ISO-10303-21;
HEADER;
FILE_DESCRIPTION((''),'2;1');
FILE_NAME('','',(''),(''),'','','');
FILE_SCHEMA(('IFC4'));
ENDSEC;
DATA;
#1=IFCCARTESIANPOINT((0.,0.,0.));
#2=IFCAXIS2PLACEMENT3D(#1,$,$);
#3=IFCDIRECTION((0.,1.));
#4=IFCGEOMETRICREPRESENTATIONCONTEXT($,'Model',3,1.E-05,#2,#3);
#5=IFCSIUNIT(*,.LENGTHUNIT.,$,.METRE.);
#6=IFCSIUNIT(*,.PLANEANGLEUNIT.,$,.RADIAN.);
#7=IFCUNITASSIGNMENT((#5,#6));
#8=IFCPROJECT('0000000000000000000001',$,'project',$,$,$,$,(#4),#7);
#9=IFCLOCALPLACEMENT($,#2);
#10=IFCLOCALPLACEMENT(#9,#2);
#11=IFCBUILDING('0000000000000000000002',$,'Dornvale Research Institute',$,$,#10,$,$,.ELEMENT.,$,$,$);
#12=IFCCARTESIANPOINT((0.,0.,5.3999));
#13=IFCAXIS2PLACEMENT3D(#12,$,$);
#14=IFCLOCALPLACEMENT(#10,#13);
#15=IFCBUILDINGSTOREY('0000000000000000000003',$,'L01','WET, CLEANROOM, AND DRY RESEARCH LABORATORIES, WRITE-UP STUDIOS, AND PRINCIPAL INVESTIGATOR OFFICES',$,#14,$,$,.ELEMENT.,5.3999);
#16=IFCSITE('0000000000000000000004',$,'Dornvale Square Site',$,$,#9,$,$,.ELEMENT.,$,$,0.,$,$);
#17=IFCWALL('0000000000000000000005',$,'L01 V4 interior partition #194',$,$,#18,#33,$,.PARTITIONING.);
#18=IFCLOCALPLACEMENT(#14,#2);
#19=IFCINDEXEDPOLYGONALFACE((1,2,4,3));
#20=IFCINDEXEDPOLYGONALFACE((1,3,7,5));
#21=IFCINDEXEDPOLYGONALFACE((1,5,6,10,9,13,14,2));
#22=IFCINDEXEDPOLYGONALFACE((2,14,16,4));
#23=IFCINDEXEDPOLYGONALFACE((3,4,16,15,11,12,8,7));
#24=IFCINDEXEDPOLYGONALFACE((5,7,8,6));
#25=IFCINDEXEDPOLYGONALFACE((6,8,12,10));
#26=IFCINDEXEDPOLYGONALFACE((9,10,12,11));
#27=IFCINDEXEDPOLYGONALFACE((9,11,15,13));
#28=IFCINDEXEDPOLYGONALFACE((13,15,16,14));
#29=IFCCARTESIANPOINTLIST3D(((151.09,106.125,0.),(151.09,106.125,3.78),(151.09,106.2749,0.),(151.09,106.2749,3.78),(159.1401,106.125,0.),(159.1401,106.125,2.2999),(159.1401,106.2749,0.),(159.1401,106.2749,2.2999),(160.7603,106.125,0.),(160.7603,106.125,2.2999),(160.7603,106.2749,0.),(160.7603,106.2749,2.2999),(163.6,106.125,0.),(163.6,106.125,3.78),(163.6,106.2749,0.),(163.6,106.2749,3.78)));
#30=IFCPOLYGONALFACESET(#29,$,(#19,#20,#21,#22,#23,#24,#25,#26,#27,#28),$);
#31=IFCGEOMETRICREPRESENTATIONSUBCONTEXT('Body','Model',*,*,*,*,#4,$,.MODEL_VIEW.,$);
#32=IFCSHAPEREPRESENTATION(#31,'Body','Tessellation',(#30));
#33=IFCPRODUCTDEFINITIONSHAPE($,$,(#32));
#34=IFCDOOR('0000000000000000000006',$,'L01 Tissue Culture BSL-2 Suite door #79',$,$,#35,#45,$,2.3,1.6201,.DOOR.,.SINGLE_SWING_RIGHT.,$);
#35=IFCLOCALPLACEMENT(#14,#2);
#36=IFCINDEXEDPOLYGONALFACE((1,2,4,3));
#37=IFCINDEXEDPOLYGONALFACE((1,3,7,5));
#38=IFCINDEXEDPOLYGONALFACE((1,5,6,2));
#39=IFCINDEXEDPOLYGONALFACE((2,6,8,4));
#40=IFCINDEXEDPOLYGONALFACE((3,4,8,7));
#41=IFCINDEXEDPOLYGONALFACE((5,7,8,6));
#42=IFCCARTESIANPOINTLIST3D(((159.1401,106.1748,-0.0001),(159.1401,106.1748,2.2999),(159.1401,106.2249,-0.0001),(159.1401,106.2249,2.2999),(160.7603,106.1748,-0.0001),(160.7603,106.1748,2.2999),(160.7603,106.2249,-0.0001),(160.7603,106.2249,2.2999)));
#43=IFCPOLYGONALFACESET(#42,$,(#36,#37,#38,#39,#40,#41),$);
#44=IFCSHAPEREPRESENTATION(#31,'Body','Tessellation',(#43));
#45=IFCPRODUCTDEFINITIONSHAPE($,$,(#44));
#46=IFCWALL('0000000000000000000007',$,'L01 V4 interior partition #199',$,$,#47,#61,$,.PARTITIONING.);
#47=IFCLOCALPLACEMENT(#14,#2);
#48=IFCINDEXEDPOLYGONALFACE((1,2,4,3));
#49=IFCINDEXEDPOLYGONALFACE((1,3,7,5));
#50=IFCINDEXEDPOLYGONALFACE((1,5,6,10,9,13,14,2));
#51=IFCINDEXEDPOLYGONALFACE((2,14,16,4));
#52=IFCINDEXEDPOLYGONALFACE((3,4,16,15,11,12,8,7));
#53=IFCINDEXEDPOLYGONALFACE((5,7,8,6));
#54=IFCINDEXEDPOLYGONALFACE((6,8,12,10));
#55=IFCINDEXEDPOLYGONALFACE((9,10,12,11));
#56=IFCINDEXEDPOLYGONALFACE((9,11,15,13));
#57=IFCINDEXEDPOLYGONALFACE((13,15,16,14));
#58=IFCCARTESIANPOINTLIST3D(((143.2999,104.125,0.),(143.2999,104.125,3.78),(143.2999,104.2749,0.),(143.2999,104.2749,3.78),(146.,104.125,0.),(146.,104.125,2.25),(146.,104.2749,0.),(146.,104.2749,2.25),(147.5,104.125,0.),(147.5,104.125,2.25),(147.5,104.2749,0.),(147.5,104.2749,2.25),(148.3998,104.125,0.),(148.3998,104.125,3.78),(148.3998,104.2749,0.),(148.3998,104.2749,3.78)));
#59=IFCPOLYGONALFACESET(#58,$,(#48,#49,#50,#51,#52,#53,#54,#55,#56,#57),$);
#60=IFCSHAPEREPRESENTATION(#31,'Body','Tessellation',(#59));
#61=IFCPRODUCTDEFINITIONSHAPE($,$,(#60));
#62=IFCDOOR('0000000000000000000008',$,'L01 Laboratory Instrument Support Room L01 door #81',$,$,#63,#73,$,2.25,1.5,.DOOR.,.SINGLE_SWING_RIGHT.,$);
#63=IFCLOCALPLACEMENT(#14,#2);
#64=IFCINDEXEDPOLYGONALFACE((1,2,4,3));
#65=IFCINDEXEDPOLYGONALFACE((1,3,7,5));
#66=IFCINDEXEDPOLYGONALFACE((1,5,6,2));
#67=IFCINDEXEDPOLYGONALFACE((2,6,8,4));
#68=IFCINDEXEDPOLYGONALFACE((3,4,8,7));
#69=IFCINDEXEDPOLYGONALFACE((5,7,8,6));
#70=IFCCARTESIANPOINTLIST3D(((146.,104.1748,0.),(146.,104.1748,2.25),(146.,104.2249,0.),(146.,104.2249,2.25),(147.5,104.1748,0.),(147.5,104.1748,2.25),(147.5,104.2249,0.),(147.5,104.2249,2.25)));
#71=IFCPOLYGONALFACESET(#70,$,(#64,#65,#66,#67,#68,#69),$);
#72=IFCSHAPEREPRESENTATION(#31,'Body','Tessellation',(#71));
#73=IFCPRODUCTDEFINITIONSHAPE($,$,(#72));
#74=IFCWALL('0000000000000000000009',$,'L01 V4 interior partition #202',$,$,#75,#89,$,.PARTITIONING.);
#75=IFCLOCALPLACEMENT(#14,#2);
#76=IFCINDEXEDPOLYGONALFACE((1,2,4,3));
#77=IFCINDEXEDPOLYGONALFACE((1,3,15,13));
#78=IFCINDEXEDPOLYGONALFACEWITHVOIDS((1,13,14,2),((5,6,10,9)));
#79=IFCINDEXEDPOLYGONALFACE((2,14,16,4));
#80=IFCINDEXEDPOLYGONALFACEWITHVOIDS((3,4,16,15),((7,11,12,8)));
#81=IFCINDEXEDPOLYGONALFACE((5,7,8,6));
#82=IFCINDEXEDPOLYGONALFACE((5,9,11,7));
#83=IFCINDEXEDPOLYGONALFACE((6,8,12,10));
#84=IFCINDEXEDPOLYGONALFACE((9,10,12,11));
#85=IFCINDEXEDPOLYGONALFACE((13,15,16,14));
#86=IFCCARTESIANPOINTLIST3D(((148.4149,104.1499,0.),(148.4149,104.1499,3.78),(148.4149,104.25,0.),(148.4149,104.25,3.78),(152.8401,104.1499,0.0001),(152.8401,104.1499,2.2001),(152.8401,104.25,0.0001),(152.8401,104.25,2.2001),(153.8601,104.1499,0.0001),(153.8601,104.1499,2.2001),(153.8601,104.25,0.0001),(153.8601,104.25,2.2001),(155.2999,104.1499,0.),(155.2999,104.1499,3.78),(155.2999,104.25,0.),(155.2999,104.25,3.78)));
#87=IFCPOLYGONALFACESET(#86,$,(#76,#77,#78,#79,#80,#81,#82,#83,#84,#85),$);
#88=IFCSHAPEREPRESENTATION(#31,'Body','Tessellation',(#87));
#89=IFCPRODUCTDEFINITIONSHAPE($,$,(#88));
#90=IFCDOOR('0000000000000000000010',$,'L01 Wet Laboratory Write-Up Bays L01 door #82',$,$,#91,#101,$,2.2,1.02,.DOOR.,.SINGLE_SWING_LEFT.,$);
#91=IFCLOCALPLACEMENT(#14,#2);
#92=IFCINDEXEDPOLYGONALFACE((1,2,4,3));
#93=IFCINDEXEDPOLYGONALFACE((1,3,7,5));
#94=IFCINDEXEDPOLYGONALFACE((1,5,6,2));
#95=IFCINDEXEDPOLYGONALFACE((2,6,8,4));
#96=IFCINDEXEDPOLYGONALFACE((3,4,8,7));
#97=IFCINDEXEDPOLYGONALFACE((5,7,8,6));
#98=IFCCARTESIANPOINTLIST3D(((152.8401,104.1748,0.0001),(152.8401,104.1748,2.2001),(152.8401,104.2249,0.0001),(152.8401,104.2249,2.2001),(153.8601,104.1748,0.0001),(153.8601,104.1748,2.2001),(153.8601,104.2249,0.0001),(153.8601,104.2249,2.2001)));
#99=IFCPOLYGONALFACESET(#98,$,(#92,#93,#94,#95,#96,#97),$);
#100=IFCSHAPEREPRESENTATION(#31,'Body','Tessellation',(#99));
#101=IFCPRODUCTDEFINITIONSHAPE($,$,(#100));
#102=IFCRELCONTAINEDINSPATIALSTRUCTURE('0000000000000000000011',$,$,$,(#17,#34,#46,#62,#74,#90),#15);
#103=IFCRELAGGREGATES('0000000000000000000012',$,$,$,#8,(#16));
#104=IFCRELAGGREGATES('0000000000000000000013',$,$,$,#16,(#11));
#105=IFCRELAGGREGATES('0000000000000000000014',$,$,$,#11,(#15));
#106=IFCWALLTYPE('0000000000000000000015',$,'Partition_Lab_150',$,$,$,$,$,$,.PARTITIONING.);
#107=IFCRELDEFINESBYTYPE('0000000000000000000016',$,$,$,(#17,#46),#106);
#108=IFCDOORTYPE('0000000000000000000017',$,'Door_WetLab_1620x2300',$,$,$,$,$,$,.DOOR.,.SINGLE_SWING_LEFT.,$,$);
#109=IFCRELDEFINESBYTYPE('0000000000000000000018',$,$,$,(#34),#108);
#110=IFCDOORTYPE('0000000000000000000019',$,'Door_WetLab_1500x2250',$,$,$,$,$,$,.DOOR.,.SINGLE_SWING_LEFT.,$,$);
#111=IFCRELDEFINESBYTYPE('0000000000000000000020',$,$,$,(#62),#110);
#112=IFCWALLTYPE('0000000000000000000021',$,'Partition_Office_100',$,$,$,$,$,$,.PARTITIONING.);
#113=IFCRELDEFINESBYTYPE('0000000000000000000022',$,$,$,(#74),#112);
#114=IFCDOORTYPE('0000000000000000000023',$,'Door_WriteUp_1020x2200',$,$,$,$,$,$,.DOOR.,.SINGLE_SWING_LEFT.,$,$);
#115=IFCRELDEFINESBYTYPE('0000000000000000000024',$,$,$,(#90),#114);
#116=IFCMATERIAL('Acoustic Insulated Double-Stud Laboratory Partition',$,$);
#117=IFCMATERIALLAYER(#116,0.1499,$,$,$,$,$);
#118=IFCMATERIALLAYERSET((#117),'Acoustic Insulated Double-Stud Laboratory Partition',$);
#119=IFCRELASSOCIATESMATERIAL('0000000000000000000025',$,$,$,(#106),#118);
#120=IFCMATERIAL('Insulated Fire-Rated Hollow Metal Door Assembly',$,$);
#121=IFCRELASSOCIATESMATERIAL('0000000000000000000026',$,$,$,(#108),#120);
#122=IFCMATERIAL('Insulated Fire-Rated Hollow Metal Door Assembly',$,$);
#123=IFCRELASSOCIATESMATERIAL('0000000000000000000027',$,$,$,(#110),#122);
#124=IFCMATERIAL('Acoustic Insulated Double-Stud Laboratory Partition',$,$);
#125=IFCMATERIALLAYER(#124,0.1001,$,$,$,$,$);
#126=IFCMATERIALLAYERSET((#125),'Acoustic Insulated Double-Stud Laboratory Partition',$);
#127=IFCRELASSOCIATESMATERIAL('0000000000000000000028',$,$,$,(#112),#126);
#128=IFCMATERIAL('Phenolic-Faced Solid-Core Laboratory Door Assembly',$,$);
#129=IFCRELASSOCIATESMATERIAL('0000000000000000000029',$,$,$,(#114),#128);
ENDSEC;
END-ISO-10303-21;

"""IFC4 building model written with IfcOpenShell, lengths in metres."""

from ifc_helpers import new_model, si_unit, direction, frame, frame_2d, origin, place, context, subcontext, project, spatial, rectangle, extrude, material, layer, layer_set, type_object, element, fill, save


model = new_model("IFC4")

# Units and contexts
model_context = context("Model", 3, precision=1e-05, world=origin(), true_north=direction((0.0, 1.0)))
body_context = subcontext(model_context, "Body", "Model", "MODEL_VIEW")
ifc_project = project(units=[si_unit("LENGTHUNIT", "METRE"), si_unit("PLANEANGLEUNIT", "RADIAN")], contexts=[model_context])

# Site, building, storey
site_placement = place(None, origin())
site = spatial("IfcSite", under=ifc_project, at=site_placement, Name="Dornvale Square Site", CompositionType="ELEMENT", RefElevation=0.0)
building_placement = place(site_placement, origin())
building = spatial("IfcBuilding", under=site, at=building_placement, Name="Dornvale Research Institute", CompositionType="ELEMENT")
storey_placement = place(building_placement, frame((0.0, 0.0, 5.3999)))
storey = spatial("IfcBuildingStorey", under=building, at=storey_placement, Name="L01", Description="WET, CLEANROOM, AND DRY RESEARCH LABORATORIES, WRITE-UP STUDIOS, AND PRINCIPAL INVESTIGATOR OFFICES", CompositionType="ELEMENT", Elevation=5.3999)

# Shared definitions
ifc_material_1 = material(Name="Acoustic Insulated Double-Stud Laboratory Partition")
ifc_layer_1 = layer(ifc_material_1, 0.1499)
ifc_layer_set_1 = layer_set([ifc_layer_1], Name="Acoustic Insulated Double-Stud Laboratory Partition")
wall_type_1 = type_object("IfcWallType", Name="Partition_Lab_150", PredefinedType="PARTITIONING", material=ifc_layer_set_1)

# Walls, openings, doors
wall_1_placement = place(storey_placement, frame((151.0901, 106.2, 0.0), z_axis=(0.0, 0.0, 1.0), x_axis=(1.0, 0.0, 0.0)))
wall_1 = element("IfcWall", 1, at=wall_1_placement, inside=storey, type_object=wall_type_1, Name="L01 V4 interior partition #194", PredefinedType="PARTITIONING", context=body_context, shape_type="SweptSolid", body=[
    extrude(rectangle(XDim=12.51, YDim=0.1499, at=frame_2d((6.2549, 0.0))), origin(), (0.0, 0.0, 1.0), 3.78),
])
opening_1_placement = place(wall_1_placement, frame((8.05, 0.0, 0.0)))
opening_1 = element("IfcOpeningElement", 2, at=opening_1_placement, cuts=wall_1, PredefinedType="OPENING", context=body_context, shape_type="SweptSolid", body=[
    extrude(rectangle(XDim=1.6201, YDim=2.3, at=frame_2d((0.8101, 1.1499))), frame((0.0, 0.0898, 0.0), z_axis=(0.0, -1.0, 0.0), x_axis=(1.0, 0.0, 0.0)), (0.0, 0.0, 1.0), 0.1799),
])
ifc_material_2 = material(Name="Insulated Fire-Rated Hollow Metal Door Assembly")
door_type_1 = type_object("IfcDoorType", Name="Door_WetLab_1620x2300", OperationType="SINGLE_SWING_LEFT", PredefinedType="DOOR", material=ifc_material_2)
door_1_placement = place(opening_1_placement, origin())
door_1 = element("IfcDoor", 3, at=door_1_placement, inside=storey, type_object=door_type_1, Name="L01 Tissue Culture BSL-2 Suite door #79", OperationType="SINGLE_SWING_RIGHT", OverallHeight=2.3, OverallWidth=1.6201, PredefinedType="DOOR", context=body_context, shape_type="SweptSolid", body=[
    extrude(rectangle(XDim=1.6201, YDim=2.3, at=frame_2d((0.8101, 1.1499))), frame((0.0, 0.0249, 0.0), z_axis=(0.0, -1.0, 0.0), x_axis=(1.0, 0.0, 0.0)), (0.0, 0.0, 1.0), 0.05),
])
fill(opening_1, door_1)
wall_2_placement = place(storey_placement, frame((143.3, 104.2, 0.0), z_axis=(0.0, 0.0, 1.0), x_axis=(1.0, 0.0, 0.0)))
wall_2 = element("IfcWall", 4, at=wall_2_placement, inside=storey, type_object=wall_type_1, Name="L01 V4 interior partition #199", PredefinedType="PARTITIONING", context=body_context, shape_type="SweptSolid", body=[
    extrude(rectangle(XDim=5.0999, YDim=0.1499, at=frame_2d((2.5498, 0.0))), origin(), (0.0, 0.0, 1.0), 3.78),
])
opening_2_placement = place(wall_2_placement, frame((2.7, 0.0, 0.0)))
opening_2 = element("IfcOpeningElement", 5, at=opening_2_placement, cuts=wall_2, PredefinedType="OPENING", context=body_context, shape_type="SweptSolid", body=[
    extrude(rectangle(XDim=1.5, YDim=2.25, at=frame_2d((0.75, 1.125))), frame((0.0, 0.0898, 0.0), z_axis=(0.0, -1.0, 0.0), x_axis=(1.0, 0.0, 0.0)), (0.0, 0.0, 1.0), 0.1799),
])
ifc_material_3 = material(Name="Insulated Fire-Rated Hollow Metal Door Assembly")
door_type_2 = type_object("IfcDoorType", Name="Door_WetLab_1500x2250", OperationType="SINGLE_SWING_LEFT", PredefinedType="DOOR", material=ifc_material_3)
door_2_placement = place(opening_2_placement, origin())
door_2 = element("IfcDoor", 6, at=door_2_placement, inside=storey, type_object=door_type_2, Name="L01 Laboratory Instrument Support Room L01 door #81", OperationType="SINGLE_SWING_RIGHT", OverallHeight=2.25, OverallWidth=1.5, PredefinedType="DOOR", context=body_context, shape_type="SweptSolid", body=[
    extrude(rectangle(XDim=1.5, YDim=2.25, at=frame_2d((0.75, 1.125))), frame((0.0, 0.0249, 0.0), z_axis=(0.0, -1.0, 0.0), x_axis=(1.0, 0.0, 0.0)), (0.0, 0.0, 1.0), 0.05),
])
fill(opening_2, door_2)
ifc_material_4 = material(Name="Acoustic Insulated Double-Stud Laboratory Partition")
ifc_layer_2 = layer(ifc_material_4, 0.1001)
ifc_layer_set_2 = layer_set([ifc_layer_2], Name="Acoustic Insulated Double-Stud Laboratory Partition")
wall_type_2 = type_object("IfcWallType", Name="Partition_Office_100", PredefinedType="PARTITIONING", material=ifc_layer_set_2)
wall_3_placement = place(storey_placement, frame((148.415, 104.2, 0.0), z_axis=(0.0, 0.0, 1.0), x_axis=(1.0, 0.0, 0.0)))
wall_3 = element("IfcWall", 7, at=wall_3_placement, inside=storey, type_object=wall_type_2, Name="L01 V4 interior partition #202", PredefinedType="PARTITIONING", context=body_context, shape_type="SweptSolid", body=[
    extrude(rectangle(XDim=6.885, YDim=0.1001, at=frame_2d((3.4424, 0.0))), origin(), (0.0, 0.0, 1.0), 3.78),
])
opening_3_placement = place(wall_3_placement, frame((4.425, 0.0, 0.0)))
opening_3 = element("IfcOpeningElement", 8, at=opening_3_placement, cuts=wall_3, PredefinedType="OPENING", context=body_context, shape_type="SweptSolid", body=[
    extrude(rectangle(XDim=1.02, YDim=2.2, at=frame_2d((0.51, 1.1001))), frame((0.0, 0.0649, 0.0), z_axis=(0.0, -1.0, 0.0), x_axis=(1.0, 0.0, 0.0)), (0.0, 0.0, 1.0), 0.1301),
])
ifc_material_5 = material(Name="Phenolic-Faced Solid-Core Laboratory Door Assembly")
door_type_3 = type_object("IfcDoorType", Name="Door_WriteUp_1020x2200", OperationType="SINGLE_SWING_LEFT", PredefinedType="DOOR", material=ifc_material_5)
door_3_placement = place(opening_3_placement, origin())
door_3 = element("IfcDoor", 9, at=door_3_placement, inside=storey, type_object=door_type_3, Name="L01 Wet Laboratory Write-Up Bays L01 door #82", OperationType="SINGLE_SWING_LEFT", OverallHeight=2.2, OverallWidth=1.02, PredefinedType="DOOR", context=body_context, shape_type="SweptSolid", body=[
    extrude(rectangle(XDim=1.02, YDim=2.2, at=frame_2d((0.51, 1.1001))), frame((0.0, 0.0249, 0.0), z_axis=(0.0, -1.0, 0.0), x_axis=(1.0, 0.0, 0.0)), (0.0, 0.0, 1.0), 0.05),
])
fill(opening_3, door_3)

save(model, "model.ifc")
